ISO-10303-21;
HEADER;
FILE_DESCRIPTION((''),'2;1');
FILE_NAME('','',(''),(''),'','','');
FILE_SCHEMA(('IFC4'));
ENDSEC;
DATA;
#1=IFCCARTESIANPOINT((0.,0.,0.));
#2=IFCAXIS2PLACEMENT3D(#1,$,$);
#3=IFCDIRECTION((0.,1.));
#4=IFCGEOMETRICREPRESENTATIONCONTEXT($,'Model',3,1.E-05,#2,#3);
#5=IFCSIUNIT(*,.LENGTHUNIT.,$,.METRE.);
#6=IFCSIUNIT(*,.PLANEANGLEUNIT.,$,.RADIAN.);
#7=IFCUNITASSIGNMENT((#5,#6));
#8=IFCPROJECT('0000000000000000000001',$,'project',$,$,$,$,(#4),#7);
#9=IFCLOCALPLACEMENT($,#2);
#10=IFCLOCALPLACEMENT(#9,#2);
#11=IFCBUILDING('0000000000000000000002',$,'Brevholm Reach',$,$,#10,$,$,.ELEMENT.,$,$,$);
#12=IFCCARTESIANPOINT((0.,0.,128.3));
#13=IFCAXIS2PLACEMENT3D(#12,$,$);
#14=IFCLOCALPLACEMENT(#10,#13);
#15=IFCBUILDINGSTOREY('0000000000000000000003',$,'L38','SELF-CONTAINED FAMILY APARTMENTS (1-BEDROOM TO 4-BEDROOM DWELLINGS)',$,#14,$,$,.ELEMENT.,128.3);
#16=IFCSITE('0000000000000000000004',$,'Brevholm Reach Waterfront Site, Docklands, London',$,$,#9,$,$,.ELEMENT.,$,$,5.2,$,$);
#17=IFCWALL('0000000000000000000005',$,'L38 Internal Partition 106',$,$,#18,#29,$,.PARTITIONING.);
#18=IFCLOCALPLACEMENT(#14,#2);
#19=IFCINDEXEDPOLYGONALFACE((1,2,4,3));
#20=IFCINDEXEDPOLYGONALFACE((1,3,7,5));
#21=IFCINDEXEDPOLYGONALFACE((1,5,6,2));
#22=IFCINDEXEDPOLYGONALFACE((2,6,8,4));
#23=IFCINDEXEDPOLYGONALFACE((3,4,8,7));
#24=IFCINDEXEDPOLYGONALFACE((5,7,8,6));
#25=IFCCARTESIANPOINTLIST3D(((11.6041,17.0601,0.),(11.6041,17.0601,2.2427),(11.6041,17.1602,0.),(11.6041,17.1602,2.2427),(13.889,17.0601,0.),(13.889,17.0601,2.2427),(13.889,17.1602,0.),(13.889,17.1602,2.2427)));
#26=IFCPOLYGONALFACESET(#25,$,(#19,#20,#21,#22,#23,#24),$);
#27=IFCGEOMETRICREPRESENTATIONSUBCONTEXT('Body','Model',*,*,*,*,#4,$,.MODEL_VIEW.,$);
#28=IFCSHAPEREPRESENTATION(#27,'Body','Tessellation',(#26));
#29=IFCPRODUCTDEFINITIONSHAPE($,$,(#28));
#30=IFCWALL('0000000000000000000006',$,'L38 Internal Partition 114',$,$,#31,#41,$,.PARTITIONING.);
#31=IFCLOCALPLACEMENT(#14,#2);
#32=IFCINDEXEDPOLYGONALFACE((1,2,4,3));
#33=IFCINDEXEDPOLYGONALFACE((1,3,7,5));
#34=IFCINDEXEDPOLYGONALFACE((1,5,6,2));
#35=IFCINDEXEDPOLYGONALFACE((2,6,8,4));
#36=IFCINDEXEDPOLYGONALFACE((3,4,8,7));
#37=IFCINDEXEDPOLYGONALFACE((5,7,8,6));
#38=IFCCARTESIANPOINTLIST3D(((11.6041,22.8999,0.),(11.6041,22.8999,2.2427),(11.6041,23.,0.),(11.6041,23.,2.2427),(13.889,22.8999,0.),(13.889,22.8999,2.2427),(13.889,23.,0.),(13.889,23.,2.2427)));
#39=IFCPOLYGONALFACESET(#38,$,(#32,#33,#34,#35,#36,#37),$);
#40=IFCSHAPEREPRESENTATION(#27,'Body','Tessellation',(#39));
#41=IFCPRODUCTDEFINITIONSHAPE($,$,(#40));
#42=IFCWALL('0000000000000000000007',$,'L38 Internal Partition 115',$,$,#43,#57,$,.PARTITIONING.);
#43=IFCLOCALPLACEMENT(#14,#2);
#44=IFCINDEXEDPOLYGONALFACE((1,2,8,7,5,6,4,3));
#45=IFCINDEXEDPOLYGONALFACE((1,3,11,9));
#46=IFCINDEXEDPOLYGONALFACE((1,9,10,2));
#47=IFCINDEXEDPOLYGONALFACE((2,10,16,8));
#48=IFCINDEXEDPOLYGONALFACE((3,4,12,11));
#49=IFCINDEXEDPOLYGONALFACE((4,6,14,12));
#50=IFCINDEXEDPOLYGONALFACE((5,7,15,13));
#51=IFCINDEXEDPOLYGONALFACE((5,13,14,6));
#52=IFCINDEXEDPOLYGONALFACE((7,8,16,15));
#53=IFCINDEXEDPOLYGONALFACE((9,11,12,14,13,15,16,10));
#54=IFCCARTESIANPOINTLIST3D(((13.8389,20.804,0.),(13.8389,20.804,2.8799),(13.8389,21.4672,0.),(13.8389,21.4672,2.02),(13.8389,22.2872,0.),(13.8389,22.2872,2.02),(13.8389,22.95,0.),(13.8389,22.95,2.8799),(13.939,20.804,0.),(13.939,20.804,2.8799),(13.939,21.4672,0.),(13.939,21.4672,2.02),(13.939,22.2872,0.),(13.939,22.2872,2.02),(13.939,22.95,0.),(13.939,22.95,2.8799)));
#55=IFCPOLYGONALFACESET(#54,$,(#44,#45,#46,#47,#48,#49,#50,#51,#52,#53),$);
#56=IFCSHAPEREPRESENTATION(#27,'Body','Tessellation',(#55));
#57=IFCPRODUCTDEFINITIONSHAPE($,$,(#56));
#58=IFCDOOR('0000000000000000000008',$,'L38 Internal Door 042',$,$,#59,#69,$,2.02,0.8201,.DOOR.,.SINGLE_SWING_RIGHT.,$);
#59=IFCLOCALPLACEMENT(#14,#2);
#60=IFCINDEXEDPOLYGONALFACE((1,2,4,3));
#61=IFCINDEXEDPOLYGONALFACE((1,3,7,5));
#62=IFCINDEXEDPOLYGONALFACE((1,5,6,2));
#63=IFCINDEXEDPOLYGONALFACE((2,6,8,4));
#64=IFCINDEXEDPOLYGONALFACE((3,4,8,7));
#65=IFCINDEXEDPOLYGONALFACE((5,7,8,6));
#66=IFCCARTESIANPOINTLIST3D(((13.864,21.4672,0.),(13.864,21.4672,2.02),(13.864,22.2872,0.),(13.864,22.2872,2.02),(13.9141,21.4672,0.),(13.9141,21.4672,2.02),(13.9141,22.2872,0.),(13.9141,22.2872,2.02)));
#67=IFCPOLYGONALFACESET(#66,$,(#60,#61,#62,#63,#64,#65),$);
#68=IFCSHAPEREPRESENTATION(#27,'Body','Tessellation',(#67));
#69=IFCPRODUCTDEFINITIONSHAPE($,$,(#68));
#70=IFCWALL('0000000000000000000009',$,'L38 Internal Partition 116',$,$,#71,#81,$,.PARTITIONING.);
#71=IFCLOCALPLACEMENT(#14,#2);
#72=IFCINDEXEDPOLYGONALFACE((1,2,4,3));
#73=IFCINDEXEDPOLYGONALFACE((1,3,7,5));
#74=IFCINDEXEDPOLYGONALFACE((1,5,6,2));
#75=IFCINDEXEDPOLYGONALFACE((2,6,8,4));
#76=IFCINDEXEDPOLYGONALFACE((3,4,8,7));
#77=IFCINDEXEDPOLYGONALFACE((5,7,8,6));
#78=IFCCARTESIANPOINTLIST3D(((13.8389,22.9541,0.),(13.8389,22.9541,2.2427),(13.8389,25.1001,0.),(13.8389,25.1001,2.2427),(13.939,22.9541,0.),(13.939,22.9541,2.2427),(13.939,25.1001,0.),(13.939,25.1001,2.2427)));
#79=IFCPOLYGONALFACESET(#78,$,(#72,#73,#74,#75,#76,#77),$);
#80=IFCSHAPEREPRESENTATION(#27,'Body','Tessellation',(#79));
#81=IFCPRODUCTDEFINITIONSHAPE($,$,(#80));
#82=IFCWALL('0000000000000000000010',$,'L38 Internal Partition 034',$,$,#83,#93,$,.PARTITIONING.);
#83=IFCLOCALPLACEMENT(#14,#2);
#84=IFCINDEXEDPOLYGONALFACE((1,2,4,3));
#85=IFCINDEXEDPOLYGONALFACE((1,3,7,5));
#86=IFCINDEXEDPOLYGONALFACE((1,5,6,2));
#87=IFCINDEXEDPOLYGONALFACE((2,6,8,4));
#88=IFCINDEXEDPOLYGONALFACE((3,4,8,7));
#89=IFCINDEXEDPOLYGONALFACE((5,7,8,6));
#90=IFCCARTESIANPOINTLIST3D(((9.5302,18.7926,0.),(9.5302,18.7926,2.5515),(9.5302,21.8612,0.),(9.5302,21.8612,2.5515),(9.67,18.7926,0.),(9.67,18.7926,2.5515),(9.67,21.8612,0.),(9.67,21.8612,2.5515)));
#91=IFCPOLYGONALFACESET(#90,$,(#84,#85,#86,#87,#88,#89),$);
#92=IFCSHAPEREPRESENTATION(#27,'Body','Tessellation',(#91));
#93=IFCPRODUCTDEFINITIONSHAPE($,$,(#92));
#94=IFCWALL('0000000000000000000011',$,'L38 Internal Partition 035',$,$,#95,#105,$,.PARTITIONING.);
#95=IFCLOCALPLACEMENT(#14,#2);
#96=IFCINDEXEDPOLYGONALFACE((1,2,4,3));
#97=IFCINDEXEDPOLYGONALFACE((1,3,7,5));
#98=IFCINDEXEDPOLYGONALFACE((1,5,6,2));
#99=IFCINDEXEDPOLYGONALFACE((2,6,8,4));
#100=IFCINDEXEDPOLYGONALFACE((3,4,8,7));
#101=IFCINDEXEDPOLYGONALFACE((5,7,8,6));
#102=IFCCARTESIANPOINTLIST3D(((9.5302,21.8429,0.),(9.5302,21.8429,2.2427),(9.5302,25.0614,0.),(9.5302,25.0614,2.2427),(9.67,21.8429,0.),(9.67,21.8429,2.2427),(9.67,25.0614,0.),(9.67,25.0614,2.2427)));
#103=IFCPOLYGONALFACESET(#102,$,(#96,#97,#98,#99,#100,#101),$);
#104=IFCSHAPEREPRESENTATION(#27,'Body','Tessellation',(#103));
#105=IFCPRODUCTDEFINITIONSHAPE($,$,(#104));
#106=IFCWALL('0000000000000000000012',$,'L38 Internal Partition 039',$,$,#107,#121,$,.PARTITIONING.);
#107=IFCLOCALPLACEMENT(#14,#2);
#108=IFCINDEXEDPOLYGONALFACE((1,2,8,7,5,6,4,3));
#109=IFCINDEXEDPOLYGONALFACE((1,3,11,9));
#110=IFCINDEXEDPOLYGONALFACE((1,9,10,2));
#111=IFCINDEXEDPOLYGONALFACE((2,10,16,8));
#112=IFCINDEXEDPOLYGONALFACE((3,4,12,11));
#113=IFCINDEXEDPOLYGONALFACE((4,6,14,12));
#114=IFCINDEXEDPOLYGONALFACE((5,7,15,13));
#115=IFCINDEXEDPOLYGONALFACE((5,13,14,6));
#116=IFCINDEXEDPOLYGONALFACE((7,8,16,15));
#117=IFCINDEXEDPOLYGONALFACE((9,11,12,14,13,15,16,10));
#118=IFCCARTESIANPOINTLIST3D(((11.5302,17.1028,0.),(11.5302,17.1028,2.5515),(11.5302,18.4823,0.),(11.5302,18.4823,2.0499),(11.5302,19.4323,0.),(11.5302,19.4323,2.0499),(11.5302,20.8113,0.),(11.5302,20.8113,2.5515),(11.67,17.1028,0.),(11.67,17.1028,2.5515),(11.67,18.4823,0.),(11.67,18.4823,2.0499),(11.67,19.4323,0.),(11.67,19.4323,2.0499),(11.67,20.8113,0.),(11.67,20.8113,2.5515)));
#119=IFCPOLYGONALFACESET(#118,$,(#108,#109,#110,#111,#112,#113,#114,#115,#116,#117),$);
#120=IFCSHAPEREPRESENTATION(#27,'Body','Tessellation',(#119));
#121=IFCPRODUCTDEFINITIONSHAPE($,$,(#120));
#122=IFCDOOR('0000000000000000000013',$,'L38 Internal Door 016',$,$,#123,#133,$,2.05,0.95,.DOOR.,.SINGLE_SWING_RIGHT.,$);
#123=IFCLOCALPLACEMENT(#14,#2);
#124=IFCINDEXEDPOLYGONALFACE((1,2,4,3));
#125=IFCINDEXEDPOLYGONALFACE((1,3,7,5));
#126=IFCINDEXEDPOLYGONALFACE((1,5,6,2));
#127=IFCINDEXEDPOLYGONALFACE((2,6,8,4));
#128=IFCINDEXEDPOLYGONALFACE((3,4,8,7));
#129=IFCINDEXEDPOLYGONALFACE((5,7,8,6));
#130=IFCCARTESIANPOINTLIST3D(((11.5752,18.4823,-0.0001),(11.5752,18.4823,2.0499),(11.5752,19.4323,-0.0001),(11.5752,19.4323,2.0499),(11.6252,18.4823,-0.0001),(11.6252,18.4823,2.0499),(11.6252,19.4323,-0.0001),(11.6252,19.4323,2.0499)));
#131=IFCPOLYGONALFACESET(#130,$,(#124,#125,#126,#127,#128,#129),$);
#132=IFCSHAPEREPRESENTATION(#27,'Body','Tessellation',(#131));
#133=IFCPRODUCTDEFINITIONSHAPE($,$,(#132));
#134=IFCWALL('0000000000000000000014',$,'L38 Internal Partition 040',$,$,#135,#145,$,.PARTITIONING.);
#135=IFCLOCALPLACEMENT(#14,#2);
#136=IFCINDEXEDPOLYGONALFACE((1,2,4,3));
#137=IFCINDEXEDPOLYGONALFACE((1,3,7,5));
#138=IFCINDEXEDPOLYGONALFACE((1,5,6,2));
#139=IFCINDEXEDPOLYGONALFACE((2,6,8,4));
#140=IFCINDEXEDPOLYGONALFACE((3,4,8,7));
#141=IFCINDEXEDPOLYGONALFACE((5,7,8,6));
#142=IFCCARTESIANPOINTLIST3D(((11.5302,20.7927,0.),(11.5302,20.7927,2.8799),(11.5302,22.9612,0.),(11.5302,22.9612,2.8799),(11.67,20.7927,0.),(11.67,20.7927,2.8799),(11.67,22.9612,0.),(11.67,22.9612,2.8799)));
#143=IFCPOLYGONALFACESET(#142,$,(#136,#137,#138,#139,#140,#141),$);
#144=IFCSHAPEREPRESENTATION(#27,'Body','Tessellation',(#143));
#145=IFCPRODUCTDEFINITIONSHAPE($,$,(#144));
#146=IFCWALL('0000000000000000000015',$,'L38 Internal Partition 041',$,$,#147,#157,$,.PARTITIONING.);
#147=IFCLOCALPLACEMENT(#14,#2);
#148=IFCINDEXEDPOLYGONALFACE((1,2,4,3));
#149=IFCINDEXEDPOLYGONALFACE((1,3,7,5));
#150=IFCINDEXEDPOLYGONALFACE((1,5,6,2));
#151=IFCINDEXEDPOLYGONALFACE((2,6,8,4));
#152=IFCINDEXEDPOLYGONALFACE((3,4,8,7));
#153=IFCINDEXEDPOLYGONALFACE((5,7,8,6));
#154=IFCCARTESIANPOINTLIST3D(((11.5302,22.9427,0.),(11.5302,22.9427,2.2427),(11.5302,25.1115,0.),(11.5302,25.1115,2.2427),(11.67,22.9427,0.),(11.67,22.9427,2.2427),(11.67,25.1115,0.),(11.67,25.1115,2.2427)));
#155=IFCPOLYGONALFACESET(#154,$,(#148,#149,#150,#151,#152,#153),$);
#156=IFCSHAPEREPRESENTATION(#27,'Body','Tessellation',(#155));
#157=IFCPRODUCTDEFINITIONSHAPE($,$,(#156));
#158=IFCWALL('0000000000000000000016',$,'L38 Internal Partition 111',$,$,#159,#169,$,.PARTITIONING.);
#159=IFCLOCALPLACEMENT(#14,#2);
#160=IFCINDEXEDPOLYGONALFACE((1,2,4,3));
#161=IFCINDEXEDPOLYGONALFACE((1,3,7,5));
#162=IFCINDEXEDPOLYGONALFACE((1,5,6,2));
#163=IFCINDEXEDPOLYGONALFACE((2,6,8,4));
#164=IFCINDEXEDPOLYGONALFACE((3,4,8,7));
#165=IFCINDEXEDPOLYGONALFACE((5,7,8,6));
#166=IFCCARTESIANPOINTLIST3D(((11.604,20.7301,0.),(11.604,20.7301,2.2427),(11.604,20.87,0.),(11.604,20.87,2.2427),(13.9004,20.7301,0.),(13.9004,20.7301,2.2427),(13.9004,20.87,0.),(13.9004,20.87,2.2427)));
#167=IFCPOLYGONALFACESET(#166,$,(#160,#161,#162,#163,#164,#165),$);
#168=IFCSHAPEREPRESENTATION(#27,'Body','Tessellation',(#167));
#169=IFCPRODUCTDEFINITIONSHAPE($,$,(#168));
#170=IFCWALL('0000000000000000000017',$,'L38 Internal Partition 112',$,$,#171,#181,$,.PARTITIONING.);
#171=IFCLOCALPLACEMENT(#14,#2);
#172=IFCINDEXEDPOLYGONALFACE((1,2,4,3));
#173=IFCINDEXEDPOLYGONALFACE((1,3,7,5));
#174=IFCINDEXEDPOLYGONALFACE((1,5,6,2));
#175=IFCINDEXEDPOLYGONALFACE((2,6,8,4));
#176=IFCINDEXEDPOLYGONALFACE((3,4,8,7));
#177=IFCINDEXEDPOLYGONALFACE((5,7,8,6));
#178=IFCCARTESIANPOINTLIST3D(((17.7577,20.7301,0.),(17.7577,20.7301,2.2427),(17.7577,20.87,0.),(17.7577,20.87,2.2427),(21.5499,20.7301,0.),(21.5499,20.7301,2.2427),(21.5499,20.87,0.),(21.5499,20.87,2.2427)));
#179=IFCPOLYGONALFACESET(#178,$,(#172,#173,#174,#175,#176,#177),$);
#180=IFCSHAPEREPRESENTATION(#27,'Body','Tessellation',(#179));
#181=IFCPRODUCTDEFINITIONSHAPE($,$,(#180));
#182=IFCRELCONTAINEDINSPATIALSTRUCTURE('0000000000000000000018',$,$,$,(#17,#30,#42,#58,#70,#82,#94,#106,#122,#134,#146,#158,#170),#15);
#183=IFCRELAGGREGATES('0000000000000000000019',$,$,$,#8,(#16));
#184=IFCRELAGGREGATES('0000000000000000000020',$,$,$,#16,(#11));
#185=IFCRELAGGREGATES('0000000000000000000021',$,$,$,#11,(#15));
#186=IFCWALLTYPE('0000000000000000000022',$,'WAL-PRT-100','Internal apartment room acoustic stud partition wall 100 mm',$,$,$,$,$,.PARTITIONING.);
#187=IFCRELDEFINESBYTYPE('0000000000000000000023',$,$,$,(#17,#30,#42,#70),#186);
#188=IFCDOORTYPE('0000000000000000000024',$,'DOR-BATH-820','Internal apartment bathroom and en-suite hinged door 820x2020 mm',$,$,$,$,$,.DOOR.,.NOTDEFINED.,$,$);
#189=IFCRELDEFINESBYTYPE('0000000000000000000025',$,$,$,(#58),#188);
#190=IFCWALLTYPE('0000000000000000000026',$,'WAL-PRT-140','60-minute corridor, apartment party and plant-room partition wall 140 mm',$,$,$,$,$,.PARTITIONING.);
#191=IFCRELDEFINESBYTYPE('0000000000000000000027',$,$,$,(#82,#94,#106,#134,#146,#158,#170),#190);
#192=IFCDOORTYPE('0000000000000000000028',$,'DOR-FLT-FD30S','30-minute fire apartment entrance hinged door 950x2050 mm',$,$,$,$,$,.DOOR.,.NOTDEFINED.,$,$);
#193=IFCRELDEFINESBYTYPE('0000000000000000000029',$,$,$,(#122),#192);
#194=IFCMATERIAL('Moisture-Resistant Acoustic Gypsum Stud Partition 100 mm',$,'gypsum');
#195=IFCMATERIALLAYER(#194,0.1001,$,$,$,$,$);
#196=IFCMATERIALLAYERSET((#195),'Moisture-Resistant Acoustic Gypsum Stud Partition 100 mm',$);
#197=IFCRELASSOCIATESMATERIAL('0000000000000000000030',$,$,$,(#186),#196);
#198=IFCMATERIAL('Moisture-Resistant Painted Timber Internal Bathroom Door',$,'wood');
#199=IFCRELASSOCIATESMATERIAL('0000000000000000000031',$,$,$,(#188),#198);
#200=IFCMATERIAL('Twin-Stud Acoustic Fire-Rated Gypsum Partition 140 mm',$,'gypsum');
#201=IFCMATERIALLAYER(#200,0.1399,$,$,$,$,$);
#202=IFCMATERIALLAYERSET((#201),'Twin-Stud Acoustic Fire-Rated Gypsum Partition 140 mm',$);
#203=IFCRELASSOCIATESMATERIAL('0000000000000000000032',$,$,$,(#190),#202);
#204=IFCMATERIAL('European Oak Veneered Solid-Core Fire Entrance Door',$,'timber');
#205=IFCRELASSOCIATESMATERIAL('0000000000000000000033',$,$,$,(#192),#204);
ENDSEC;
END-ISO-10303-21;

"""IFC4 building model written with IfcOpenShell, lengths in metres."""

from ifc_helpers import new_model, si_unit, direction, frame, frame_2d, origin, place, context, subcontext, project, spatial, rectangle, extrude, material, layer, layer_set, type_object, element, fill, save


model = new_model("IFC4")

# Units and contexts
model_context = context("Model", 3, precision=1e-05, world=origin(), true_north=direction((0.0, 1.0)))
body_context = subcontext(model_context, "Body", "Model", "MODEL_VIEW")
ifc_project = project(units=[si_unit("LENGTHUNIT", "METRE"), si_unit("PLANEANGLEUNIT", "RADIAN")], contexts=[model_context])

# Site, building, storey
site_placement = place(None, origin())
site = spatial("IfcSite", under=ifc_project, at=site_placement, Name="Brevholm Reach Waterfront Site, Docklands, London", CompositionType="ELEMENT", RefElevation=5.2)
building_placement = place(site_placement, origin())
building = spatial("IfcBuilding", under=site, at=building_placement, Name="Brevholm Reach", CompositionType="ELEMENT")
storey_placement = place(building_placement, frame((0.0, 0.0, 128.3)))
storey = spatial("IfcBuildingStorey", under=building, at=storey_placement, Name="L38", Description="SELF-CONTAINED FAMILY APARTMENTS (1-BEDROOM TO 4-BEDROOM DWELLINGS)", CompositionType="ELEMENT", Elevation=128.3)

# Walls
ifc_material_1 = material(Name="Moisture-Resistant Acoustic Gypsum Stud Partition 100 mm", Category="gypsum")
ifc_layer_1 = layer(ifc_material_1, 0.1001)
ifc_layer_set_1 = layer_set([ifc_layer_1], Name="Moisture-Resistant Acoustic Gypsum Stud Partition 100 mm")
wall_type_1 = type_object("IfcWallType", Name="WAL-PRT-100", Description="Internal apartment room acoustic stud partition wall 100 mm", PredefinedType="PARTITIONING", material=ifc_layer_set_1)
for number, where, z_axis, x_axis, name in (
    (1, (11.604, 17.1101, 0.0), (0.0, 0.0, 1.0), (1.0, 0.0, 0.0), "L38 Internal Partition 106"),
    (2, (11.604, 22.95, 0.0), (0.0, 0.0, 1.0), (1.0, 0.0, 0.0), "L38 Internal Partition 114"),
):
    element("IfcWall", number, at=place(storey_placement, frame(where, z_axis=z_axis, x_axis=x_axis)), inside=storey, type_object=wall_type_1, Name=name, PredefinedType="PARTITIONING", context=body_context, shape_type="SweptSolid", body=[
        extrude(rectangle(XDim=2.2849, YDim=0.1001, at=frame_2d((1.1426, 0.0))), origin(), (0.0, 0.0, 1.0), 2.2427),
    ])

# Wall, opening, door
wall_1_placement = place(storey_placement, frame((13.8889, 20.804, 0.0), z_axis=(0.0, 0.0, 1.0), x_axis=(0.0, 1.0, 0.0)))
wall_1 = element("IfcWall", 3, at=wall_1_placement, inside=storey, type_object=wall_type_1, Name="L38 Internal Partition 115", PredefinedType="PARTITIONING", context=body_context, shape_type="SweptSolid", body=[
    extrude(rectangle(XDim=2.146, YDim=0.1001, at=frame_2d((1.073, 0.0))), origin(), (0.0, 0.0, 1.0), 2.8799),
])
opening_1_placement = place(wall_1_placement, frame((0.6631, 0.0, 0.0)))
opening_1 = element("IfcOpeningElement", 4, at=opening_1_placement, cuts=wall_1, PredefinedType="OPENING", context=body_context, shape_type="SweptSolid", body=[
    extrude(rectangle(XDim=0.8201, YDim=2.02, at=frame_2d((0.4102, 1.01))), frame((0.0, 0.0601, 0.0), z_axis=(0.0, -1.0, 0.0), x_axis=(1.0, 0.0, 0.0)), (0.0, 0.0, 1.0), 0.1201),
])
ifc_material_2 = material(Name="Moisture-Resistant Painted Timber Internal Bathroom Door", Category="wood")
door_type_1 = type_object("IfcDoorType", Name="DOR-BATH-820", Description="Internal apartment bathroom and en-suite hinged door 820x2020 mm", OperationType="NOTDEFINED", PredefinedType="DOOR", material=ifc_material_2)
door_1_placement = place(opening_1_placement, origin())
door_1 = element("IfcDoor", 5, at=door_1_placement, inside=storey, type_object=door_type_1, Name="L38 Internal Door 042", OperationType="SINGLE_SWING_RIGHT", OverallHeight=2.02, OverallWidth=0.8201, PredefinedType="DOOR", context=body_context, shape_type="SweptSolid", body=[
    extrude(rectangle(XDim=0.8201, YDim=2.02, at=frame_2d((0.4102, 1.01))), frame((0.0, 0.0249, 0.0), z_axis=(0.0, -1.0, 0.0), x_axis=(1.0, 0.0, 0.0)), (0.0, 0.0, 1.0), 0.05),
])
fill(opening_1, door_1)

# Walls
wall_2_placement = place(storey_placement, frame((13.8889, 22.9541, 0.0), z_axis=(0.0, 0.0, 1.0), x_axis=(0.0, 1.0, 0.0)))
element("IfcWall", 6, at=wall_2_placement, inside=storey, type_object=wall_type_1, Name="L38 Internal Partition 116", PredefinedType="PARTITIONING", context=body_context, shape_type="SweptSolid", body=[
    extrude(rectangle(XDim=2.146, YDim=0.1001, at=frame_2d((1.073, 0.0))), origin(), (0.0, 0.0, 1.0), 2.2427),
])
ifc_material_3 = material(Name="Twin-Stud Acoustic Fire-Rated Gypsum Partition 140 mm", Category="gypsum")
ifc_layer_2 = layer(ifc_material_3, 0.1399)
ifc_layer_set_2 = layer_set([ifc_layer_2], Name="Twin-Stud Acoustic Fire-Rated Gypsum Partition 140 mm")
wall_type_2 = type_object("IfcWallType", Name="WAL-PRT-140", Description="60-minute corridor, apartment party and plant-room partition wall 140 mm", PredefinedType="PARTITIONING", material=ifc_layer_set_2)
wall_3_placement = place(storey_placement, frame((9.6001, 18.7927, 0.0), z_axis=(0.0, 0.0, 1.0), x_axis=(0.0, 1.0, 0.0)))
element("IfcWall", 7, at=wall_3_placement, inside=storey, type_object=wall_type_2, Name="L38 Internal Partition 034", PredefinedType="PARTITIONING", context=body_context, shape_type="SweptSolid", body=[
    extrude(rectangle(XDim=3.0686, YDim=0.1399, at=frame_2d((1.5342, 0.0))), origin(), (0.0, 0.0, 1.0), 2.5515),
])
wall_4_placement = place(storey_placement, frame((9.6001, 21.8428, 0.0), z_axis=(0.0, 0.0, 1.0), x_axis=(0.0, 1.0, 0.0)))
element("IfcWall", 8, at=wall_4_placement, inside=storey, type_object=wall_type_2, Name="L38 Internal Partition 035", PredefinedType="PARTITIONING", context=body_context, shape_type="SweptSolid", body=[
    extrude(rectangle(XDim=3.2185, YDim=0.1399, at=frame_2d((1.6094, 0.0))), origin(), (0.0, 0.0, 1.0), 2.2427),
])

# Wall, opening, door
wall_5_placement = place(storey_placement, frame((11.6001, 17.1028, 0.0), z_axis=(0.0, 0.0, 1.0), x_axis=(0.0, 1.0, 0.0)))
wall_5 = element("IfcWall", 9, at=wall_5_placement, inside=storey, type_object=wall_type_2, Name="L38 Internal Partition 039", PredefinedType="PARTITIONING", context=body_context, shape_type="SweptSolid", body=[
    extrude(rectangle(XDim=3.7085, YDim=0.1399, at=frame_2d((1.8542, 0.0))), origin(), (0.0, 0.0, 1.0), 2.5515),
])
opening_2_placement = place(wall_5_placement, frame((1.3794, 0.0, 0.0)))
opening_2 = element("IfcOpeningElement", 10, at=opening_2_placement, cuts=wall_5, PredefinedType="OPENING", context=body_context, shape_type="SweptSolid", body=[
    extrude(rectangle(XDim=0.95, YDim=2.05, at=frame_2d((0.4751, 1.0249))), frame((0.0, 0.0798, 0.0), z_axis=(0.0, -1.0, 0.0), x_axis=(1.0, 0.0, 0.0)), (0.0, 0.0, 1.0), 0.1599),
])
ifc_material_4 = material(Name="European Oak Veneered Solid-Core Fire Entrance Door", Category="timber")
door_type_2 = type_object("IfcDoorType", Name="DOR-FLT-FD30S", Description="30-minute fire apartment entrance hinged door 950x2050 mm", OperationType="NOTDEFINED", PredefinedType="DOOR", material=ifc_material_4)
door_2_placement = place(opening_2_placement, origin())
door_2 = element("IfcDoor", 11, at=door_2_placement, inside=storey, type_object=door_type_2, Name="L38 Internal Door 016", OperationType="SINGLE_SWING_RIGHT", OverallHeight=2.05, OverallWidth=0.95, PredefinedType="DOOR", context=body_context, shape_type="SweptSolid", body=[
    extrude(rectangle(XDim=0.95, YDim=2.05, at=frame_2d((0.4751, 1.0249))), frame((0.0, 0.0249, 0.0), z_axis=(0.0, -1.0, 0.0), x_axis=(1.0, 0.0, 0.0)), (0.0, 0.0, 1.0), 0.05),
])
fill(opening_2, door_2)

# Walls
wall_6_placement = place(storey_placement, frame((11.6001, 20.7927, 0.0), z_axis=(0.0, 0.0, 1.0), x_axis=(0.0, 1.0, 0.0)))
element("IfcWall", 12, at=wall_6_placement, inside=storey, type_object=wall_type_2, Name="L38 Internal Partition 040", PredefinedType="PARTITIONING", context=body_context, shape_type="SweptSolid", body=[
    extrude(rectangle(XDim=2.1685, YDim=0.1399, at=frame_2d((1.0842, 0.0))), origin(), (0.0, 0.0, 1.0), 2.8799),
])
wall_7_placement = place(storey_placement, frame((11.6001, 22.9426, 0.0), z_axis=(0.0, 0.0, 1.0), x_axis=(0.0, 1.0, 0.0)))
element("IfcWall", 13, at=wall_7_placement, inside=storey, type_object=wall_type_2, Name="L38 Internal Partition 041", PredefinedType="PARTITIONING", context=body_context, shape_type="SweptSolid", body=[
    extrude(rectangle(XDim=2.1687, YDim=0.1399, at=frame_2d((1.0845, 0.0))), origin(), (0.0, 0.0, 1.0), 2.2427),
])
wall_8_placement = place(storey_placement, frame((11.604, 20.8, 0.0), z_axis=(0.0, 0.0, 1.0), x_axis=(1.0, 0.0, 0.0)))
element("IfcWall", 14, at=wall_8_placement, inside=storey, type_object=wall_type_2, Name="L38 Internal Partition 111", PredefinedType="PARTITIONING", context=body_context, shape_type="SweptSolid", body=[
    extrude(rectangle(XDim=2.2964, YDim=0.1399, at=frame_2d((1.1482, 0.0))), origin(), (0.0, 0.0, 1.0), 2.2427),
])
wall_9_placement = place(storey_placement, frame((17.7578, 20.8, 0.0), z_axis=(0.0, 0.0, 1.0), x_axis=(1.0, 0.0, 0.0)))
element("IfcWall", 15, at=wall_9_placement, inside=storey, type_object=wall_type_2, Name="L38 Internal Partition 112", PredefinedType="PARTITIONING", context=body_context, shape_type="SweptSolid", body=[
    extrude(rectangle(XDim=3.7922, YDim=0.1399, at=frame_2d((1.896, 0.0))), origin(), (0.0, 0.0, 1.0), 2.2427),
])

save(model, "model.ifc")
